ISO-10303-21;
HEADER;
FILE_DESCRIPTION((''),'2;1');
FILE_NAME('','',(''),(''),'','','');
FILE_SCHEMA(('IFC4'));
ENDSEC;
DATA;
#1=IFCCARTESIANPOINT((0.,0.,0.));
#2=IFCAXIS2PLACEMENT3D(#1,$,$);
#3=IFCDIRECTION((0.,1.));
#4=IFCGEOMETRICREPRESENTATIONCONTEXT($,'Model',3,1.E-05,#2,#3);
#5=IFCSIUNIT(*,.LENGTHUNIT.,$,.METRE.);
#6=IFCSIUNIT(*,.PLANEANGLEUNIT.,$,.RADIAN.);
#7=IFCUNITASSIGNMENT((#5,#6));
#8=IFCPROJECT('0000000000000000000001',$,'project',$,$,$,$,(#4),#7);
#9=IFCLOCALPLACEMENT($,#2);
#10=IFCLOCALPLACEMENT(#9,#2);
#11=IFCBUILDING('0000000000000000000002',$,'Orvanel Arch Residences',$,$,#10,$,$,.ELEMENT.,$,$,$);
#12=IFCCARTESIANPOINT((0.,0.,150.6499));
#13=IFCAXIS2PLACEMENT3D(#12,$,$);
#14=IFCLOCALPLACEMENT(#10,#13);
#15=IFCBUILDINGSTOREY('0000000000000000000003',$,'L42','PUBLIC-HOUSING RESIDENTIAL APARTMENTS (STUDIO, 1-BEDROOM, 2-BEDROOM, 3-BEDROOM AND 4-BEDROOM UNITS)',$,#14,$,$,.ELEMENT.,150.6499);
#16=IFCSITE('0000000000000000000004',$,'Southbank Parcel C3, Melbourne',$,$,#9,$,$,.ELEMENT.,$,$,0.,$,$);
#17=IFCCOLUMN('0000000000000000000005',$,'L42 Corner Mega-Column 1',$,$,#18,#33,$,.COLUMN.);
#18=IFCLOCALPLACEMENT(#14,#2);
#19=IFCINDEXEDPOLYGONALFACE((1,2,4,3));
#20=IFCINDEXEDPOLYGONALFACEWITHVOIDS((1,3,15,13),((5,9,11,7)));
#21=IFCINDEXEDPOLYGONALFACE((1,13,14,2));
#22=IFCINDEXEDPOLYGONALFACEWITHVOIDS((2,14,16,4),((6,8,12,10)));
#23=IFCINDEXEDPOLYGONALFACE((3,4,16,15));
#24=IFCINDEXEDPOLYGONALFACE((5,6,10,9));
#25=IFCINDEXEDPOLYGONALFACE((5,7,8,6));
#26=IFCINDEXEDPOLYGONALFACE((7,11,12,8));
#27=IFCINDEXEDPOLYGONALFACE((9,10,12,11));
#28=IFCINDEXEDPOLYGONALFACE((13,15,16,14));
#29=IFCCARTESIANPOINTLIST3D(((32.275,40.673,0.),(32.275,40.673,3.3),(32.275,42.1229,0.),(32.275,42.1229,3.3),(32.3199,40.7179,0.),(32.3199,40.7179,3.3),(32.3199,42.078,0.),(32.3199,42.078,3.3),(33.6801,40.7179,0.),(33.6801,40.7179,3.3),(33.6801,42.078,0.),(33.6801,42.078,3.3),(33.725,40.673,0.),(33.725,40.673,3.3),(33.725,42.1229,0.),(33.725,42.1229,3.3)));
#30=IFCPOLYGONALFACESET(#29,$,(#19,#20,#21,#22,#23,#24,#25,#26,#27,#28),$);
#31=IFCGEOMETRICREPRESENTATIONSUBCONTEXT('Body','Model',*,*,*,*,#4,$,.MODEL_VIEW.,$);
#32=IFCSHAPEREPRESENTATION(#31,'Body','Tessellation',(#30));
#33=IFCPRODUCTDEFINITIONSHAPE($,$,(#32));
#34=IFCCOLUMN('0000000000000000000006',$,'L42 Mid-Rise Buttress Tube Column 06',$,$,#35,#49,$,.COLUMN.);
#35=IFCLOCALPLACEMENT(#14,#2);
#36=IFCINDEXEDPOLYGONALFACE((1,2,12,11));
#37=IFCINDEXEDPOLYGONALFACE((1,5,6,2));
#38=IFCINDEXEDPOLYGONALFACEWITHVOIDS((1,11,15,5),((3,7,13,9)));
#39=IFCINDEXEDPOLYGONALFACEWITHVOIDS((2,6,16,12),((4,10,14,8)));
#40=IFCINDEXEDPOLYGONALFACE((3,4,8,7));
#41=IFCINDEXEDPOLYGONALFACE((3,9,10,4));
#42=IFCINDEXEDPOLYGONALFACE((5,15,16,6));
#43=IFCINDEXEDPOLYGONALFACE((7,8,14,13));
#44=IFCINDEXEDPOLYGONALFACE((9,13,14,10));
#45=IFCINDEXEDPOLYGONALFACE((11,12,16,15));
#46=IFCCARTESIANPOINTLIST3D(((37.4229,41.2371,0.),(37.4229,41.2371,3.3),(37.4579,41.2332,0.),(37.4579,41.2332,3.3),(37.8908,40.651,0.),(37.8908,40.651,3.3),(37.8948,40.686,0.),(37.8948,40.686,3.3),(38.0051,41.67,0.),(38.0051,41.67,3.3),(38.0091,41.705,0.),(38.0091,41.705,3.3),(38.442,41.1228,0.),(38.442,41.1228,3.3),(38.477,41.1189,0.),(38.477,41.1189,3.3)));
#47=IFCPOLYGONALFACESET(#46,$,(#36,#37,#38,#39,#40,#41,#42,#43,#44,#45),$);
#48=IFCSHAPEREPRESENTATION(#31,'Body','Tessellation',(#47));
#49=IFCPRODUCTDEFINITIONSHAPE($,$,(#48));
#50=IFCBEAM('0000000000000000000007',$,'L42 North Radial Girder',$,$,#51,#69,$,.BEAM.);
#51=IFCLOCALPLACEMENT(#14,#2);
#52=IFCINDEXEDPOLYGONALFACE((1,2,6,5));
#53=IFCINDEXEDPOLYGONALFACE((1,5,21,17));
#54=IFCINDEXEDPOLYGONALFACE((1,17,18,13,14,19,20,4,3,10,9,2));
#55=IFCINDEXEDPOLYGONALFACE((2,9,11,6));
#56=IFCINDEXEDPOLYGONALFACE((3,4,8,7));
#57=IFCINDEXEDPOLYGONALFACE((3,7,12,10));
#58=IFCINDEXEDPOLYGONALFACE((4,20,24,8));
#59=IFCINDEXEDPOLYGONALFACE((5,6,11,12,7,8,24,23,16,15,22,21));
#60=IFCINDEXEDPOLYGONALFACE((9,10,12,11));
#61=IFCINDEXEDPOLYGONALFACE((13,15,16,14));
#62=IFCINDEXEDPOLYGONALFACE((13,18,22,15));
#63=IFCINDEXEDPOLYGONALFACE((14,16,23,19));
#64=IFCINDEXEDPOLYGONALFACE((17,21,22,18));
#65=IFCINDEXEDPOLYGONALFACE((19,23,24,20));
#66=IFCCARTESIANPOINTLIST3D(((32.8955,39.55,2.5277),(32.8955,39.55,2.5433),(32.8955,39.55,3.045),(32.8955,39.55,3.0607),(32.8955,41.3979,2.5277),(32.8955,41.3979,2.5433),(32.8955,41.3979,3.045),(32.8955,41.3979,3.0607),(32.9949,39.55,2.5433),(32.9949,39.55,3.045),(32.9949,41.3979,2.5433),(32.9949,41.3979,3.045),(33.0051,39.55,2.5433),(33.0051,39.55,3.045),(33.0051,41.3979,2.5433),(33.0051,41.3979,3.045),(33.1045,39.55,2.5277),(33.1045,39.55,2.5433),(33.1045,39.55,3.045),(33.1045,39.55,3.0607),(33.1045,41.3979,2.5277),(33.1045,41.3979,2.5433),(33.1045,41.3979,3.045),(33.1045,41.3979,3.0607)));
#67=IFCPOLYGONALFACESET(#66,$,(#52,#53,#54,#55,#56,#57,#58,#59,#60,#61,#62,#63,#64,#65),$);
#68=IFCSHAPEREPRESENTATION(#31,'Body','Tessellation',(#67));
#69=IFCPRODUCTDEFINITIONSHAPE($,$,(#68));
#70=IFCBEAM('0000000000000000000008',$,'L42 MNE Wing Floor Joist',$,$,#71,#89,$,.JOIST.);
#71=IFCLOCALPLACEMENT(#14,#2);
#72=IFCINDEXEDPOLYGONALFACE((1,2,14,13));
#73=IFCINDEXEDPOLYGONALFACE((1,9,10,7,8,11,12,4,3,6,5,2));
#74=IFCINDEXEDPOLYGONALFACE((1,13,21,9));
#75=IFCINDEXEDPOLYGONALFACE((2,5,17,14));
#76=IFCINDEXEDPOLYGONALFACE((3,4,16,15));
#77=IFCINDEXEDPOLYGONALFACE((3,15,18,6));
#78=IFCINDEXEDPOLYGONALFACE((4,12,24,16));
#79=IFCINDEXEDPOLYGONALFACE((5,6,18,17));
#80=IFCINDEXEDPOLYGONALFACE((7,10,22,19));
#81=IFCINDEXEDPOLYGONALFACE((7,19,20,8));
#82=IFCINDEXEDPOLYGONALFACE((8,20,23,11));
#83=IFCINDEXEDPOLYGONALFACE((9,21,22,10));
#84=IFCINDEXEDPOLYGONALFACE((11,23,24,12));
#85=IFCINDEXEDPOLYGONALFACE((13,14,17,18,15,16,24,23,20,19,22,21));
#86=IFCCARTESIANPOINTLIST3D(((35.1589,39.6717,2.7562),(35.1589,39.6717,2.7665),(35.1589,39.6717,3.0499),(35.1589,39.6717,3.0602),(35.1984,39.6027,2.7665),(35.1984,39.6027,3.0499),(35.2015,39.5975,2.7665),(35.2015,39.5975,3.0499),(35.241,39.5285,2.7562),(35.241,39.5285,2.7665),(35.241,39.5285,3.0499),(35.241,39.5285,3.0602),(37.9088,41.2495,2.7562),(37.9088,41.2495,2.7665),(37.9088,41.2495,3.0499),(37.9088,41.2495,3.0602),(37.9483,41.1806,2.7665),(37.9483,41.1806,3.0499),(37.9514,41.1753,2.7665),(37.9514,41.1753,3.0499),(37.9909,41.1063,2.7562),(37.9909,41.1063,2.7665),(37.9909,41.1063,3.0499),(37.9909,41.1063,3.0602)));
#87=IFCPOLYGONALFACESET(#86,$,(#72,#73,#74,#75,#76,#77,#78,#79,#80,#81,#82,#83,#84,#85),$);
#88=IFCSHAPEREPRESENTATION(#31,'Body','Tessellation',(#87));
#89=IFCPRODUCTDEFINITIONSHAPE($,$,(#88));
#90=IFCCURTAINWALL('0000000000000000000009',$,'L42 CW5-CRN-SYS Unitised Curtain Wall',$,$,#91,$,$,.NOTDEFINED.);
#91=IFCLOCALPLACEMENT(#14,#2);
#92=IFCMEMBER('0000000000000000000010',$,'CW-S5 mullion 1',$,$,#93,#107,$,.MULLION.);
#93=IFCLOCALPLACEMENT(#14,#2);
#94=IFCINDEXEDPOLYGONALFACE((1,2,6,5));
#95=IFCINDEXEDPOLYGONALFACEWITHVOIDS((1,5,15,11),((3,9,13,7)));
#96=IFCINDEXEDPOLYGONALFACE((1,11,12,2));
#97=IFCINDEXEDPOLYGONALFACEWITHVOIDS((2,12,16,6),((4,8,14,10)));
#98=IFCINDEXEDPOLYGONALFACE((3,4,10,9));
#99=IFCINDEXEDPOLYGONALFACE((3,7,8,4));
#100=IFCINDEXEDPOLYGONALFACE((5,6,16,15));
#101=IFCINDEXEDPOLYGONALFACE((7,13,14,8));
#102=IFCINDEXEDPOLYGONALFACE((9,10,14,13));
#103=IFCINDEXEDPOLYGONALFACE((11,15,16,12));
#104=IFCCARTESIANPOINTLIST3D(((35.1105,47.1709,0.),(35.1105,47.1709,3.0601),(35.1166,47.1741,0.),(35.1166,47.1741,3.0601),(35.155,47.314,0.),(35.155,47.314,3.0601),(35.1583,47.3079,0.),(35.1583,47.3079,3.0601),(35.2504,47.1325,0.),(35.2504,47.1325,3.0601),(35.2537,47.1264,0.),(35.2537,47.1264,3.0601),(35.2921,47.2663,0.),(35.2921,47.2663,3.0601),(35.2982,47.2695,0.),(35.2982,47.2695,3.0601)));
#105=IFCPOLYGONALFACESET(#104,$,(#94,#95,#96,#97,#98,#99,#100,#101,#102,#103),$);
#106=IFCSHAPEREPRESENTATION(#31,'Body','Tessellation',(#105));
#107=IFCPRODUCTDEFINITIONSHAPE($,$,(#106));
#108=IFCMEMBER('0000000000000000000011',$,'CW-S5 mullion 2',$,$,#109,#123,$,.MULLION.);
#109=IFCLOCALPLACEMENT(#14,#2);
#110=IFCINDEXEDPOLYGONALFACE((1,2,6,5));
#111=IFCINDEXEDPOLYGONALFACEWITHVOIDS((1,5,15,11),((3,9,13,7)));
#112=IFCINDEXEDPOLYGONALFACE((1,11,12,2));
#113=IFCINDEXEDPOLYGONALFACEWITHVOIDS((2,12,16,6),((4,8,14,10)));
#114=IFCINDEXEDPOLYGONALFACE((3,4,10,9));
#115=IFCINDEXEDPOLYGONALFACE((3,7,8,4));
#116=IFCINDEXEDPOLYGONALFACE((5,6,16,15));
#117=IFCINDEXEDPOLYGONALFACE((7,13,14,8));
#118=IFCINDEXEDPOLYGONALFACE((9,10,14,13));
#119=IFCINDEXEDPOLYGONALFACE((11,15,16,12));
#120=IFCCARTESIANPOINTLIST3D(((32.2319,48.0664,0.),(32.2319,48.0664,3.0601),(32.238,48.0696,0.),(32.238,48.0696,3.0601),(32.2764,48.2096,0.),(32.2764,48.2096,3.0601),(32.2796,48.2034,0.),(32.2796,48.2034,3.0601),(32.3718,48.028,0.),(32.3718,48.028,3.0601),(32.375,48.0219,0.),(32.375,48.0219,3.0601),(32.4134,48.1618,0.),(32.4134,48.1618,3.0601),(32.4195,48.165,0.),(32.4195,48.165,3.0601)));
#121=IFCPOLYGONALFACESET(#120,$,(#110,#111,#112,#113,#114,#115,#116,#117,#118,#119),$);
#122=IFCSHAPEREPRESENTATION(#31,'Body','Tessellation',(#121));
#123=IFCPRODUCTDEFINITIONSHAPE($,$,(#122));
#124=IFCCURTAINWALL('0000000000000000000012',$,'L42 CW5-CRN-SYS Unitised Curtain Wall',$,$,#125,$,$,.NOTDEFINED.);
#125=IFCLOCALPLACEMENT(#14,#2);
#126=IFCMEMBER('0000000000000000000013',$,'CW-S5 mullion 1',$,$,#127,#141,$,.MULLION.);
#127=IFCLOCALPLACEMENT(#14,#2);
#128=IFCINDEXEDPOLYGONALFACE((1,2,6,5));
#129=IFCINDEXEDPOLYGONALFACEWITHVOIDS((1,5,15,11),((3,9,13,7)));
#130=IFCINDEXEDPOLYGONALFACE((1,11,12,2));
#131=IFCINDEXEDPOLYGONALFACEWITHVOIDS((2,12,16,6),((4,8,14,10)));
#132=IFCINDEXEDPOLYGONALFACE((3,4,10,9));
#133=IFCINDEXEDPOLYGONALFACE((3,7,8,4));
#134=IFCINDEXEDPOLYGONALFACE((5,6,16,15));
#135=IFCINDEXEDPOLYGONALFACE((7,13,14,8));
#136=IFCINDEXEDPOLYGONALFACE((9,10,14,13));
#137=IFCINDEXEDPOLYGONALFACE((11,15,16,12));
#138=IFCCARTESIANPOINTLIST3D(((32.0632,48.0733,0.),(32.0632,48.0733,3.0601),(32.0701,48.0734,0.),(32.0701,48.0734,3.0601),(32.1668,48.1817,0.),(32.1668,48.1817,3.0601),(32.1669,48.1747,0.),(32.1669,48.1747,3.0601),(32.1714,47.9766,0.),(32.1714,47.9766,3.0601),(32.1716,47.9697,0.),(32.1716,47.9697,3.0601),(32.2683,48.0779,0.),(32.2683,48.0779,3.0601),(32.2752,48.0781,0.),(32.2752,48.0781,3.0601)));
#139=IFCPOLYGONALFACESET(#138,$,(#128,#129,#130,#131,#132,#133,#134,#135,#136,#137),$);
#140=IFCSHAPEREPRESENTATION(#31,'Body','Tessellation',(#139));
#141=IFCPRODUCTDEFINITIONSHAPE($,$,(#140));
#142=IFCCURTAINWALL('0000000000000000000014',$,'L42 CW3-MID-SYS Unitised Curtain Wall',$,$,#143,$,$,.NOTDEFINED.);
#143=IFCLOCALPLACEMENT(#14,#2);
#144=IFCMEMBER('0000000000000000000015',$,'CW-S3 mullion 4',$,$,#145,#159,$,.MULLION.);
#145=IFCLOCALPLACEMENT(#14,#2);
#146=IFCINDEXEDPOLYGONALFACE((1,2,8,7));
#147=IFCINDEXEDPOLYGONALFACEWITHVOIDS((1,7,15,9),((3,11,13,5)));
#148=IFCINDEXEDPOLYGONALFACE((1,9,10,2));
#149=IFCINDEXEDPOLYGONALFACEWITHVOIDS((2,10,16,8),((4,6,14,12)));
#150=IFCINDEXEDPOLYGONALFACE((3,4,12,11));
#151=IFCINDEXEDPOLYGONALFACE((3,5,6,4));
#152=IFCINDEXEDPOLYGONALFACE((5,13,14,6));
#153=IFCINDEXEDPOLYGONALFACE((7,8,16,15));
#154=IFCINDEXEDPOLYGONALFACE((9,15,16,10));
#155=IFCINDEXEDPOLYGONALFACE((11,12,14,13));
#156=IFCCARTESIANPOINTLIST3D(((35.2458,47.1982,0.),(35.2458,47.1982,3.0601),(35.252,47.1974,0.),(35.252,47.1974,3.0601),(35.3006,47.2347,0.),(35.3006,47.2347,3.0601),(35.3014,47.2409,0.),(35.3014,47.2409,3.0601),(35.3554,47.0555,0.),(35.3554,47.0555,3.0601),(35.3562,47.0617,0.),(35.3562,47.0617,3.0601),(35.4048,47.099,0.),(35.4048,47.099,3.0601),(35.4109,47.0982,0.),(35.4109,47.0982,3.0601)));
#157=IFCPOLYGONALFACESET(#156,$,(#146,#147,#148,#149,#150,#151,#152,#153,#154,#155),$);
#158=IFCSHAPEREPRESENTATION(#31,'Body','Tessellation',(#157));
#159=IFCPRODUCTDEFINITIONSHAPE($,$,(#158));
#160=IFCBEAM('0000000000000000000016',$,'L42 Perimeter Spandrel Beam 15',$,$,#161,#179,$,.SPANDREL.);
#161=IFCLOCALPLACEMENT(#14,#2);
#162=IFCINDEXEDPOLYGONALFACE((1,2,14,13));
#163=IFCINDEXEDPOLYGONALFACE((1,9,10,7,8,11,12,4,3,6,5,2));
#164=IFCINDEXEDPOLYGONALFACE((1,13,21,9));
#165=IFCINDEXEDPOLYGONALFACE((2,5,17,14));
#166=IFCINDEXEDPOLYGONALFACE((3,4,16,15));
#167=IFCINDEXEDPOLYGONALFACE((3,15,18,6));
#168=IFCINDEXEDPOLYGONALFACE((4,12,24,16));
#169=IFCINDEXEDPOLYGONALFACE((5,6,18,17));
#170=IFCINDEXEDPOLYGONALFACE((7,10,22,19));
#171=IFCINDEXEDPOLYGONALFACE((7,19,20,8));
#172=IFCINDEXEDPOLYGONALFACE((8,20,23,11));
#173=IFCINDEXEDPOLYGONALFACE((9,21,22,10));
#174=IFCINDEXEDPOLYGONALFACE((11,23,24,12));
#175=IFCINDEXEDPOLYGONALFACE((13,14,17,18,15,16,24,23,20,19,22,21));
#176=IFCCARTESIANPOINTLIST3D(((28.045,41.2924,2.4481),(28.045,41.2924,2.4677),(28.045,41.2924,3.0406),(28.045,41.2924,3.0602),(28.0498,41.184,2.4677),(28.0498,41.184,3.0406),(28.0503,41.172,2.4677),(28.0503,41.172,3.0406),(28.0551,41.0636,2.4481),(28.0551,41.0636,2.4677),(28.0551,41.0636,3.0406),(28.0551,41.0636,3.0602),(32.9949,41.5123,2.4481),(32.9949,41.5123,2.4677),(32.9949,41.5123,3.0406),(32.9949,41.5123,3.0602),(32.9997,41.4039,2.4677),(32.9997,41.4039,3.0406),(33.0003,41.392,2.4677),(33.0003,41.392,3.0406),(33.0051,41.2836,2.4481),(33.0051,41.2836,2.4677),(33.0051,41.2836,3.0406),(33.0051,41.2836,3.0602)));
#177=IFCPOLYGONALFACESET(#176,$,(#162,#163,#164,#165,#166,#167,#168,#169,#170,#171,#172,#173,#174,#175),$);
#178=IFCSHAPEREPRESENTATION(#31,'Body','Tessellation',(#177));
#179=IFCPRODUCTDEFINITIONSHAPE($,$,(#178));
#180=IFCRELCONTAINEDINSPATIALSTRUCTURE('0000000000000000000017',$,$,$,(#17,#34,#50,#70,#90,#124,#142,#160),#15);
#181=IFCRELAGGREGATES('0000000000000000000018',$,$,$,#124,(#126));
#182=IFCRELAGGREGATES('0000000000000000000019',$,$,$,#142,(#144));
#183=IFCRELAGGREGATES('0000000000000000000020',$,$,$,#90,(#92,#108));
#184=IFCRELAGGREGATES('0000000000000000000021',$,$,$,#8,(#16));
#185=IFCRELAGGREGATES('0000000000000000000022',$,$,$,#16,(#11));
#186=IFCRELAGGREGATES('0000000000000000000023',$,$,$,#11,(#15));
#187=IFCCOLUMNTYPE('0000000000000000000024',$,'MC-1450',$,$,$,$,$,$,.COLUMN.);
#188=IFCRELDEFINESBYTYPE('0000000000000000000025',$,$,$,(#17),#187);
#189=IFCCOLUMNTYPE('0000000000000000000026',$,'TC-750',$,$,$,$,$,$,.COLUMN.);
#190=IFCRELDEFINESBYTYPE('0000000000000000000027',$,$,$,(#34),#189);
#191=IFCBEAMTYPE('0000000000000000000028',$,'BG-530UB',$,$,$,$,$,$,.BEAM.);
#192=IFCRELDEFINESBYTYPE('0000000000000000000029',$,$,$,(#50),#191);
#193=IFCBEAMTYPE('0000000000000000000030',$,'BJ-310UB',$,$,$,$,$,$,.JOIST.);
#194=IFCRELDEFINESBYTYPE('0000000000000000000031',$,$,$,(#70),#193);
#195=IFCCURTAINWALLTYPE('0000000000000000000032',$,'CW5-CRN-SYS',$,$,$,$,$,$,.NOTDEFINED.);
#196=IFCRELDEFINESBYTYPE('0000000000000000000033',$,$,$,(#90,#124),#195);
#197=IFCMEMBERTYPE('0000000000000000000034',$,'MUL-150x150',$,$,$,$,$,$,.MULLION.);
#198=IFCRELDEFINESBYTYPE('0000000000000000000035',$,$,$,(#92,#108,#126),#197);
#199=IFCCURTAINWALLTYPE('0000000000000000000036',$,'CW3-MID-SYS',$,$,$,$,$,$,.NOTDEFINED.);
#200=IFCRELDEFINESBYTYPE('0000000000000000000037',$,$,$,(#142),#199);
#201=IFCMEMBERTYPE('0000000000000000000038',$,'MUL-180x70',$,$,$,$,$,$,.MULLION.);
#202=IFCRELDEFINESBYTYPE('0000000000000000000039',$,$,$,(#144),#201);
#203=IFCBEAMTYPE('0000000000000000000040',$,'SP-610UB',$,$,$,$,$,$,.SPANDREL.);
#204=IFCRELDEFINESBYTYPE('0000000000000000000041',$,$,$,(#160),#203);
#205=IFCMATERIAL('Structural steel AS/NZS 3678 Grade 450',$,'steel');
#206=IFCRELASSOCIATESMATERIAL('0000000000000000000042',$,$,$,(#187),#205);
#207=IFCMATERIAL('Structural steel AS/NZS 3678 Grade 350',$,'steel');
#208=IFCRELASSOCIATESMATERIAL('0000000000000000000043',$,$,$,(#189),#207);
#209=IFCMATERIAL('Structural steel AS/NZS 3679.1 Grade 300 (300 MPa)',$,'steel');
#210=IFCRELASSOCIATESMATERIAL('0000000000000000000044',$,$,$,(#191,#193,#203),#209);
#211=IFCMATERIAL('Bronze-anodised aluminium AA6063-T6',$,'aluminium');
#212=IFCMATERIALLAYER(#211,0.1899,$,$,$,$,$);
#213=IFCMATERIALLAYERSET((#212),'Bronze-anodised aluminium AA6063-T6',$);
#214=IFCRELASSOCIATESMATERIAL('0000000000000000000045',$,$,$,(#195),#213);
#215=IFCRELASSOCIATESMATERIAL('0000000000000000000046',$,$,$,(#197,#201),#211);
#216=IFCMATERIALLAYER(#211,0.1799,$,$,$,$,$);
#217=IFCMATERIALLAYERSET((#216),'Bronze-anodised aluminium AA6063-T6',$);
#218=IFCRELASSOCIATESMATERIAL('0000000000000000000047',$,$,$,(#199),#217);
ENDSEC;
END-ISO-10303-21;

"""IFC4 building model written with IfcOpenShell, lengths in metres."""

from ifc_helpers import new_model, si_unit, direction, frame, origin, origin_2d, place, context, subcontext, project, spatial, hollow_rectangle, i_section, extrude, material, layer, layer_set, material_profile, profile_set, type_object, element, aggregate, save


model = new_model("IFC4")

# Units and contexts
model_context = context("Model", 3, precision=1e-05, world=origin(), true_north=direction((0.0, 1.0)))
body_context = subcontext(model_context, "Body", "Model", "MODEL_VIEW")
ifc_project = project(units=[si_unit("LENGTHUNIT", "METRE"), si_unit("PLANEANGLEUNIT", "RADIAN")], contexts=[model_context])

# Site, building, storey
site_placement = place(None, origin())
site = spatial("IfcSite", under=ifc_project, at=site_placement, Name="Southbank Parcel C3, Melbourne", CompositionType="ELEMENT", RefElevation=0.0)
building_placement = place(site_placement, origin())
building = spatial("IfcBuilding", under=site, at=building_placement, Name="Orvanel Arch Residences", CompositionType="ELEMENT")
storey_placement = place(building_placement, frame((0.0, 0.0, 150.6499)))
storey = spatial("IfcBuildingStorey", under=building, at=storey_placement, Name="L42", Description="PUBLIC-HOUSING RESIDENTIAL APARTMENTS (STUDIO, 1-BEDROOM, 2-BEDROOM, 3-BEDROOM AND 4-BEDROOM UNITS)", CompositionType="ELEMENT", Elevation=150.6499)

# Columns
ifc_material_1 = material(Name="Structural steel AS/NZS 3678 Grade 450", Category="steel")
ifc_material_profile_1 = material_profile(ifc_material_1, hollow_rectangle(XDim=1.45, YDim=1.45, WallThickness=0.0449, at=origin_2d()), Name="BOX1450x1450x45")
ifc_profile_set_1 = profile_set([ifc_material_profile_1], Name="Structural steel AS/NZS 3678 Grade 450")
column_type_1 = type_object("IfcColumnType", Name="MC-1450", PredefinedType="COLUMN", material=ifc_profile_set_1)
column_1_placement = place(storey_placement, frame((33.0, 41.3979, 0.0), z_axis=(0.0, 0.0, 1.0), x_axis=(1.0, 0.0, 0.0)))
element("IfcColumn", 1, at=column_1_placement, inside=storey, type_object=column_type_1, Name="L42 Corner Mega-Column 1", PredefinedType="COLUMN", context=body_context, shape_type="SweptSolid", body=[
    extrude(hollow_rectangle(XDim=1.45, YDim=1.45, WallThickness=0.0449, at=origin_2d()), origin(), (0.0, 0.0, 1.0), 3.3),
])
ifc_material_2 = material(Name="Structural steel AS/NZS 3678 Grade 350", Category="steel")
ifc_material_profile_2 = material_profile(ifc_material_2, hollow_rectangle(XDim=0.75, YDim=0.75, WallThickness=0.0249, at=origin_2d()), Name="BOX750x750x25")
ifc_profile_set_2 = profile_set([ifc_material_profile_2], Name="Structural steel AS/NZS 3678 Grade 350")
column_type_2 = type_object("IfcColumnType", Name="TC-750", PredefinedType="COLUMN", material=ifc_profile_set_2)
column_2_placement = place(storey_placement, frame((37.95, 41.178, 0.0), z_axis=(0.0, 0.0, 1.0), x_axis=(-0.62388, 0.78152, 0.0)))
element("IfcColumn", 2, at=column_2_placement, inside=storey, type_object=column_type_2, Name="L42 Mid-Rise Buttress Tube Column 06", PredefinedType="COLUMN", context=body_context, shape_type="SweptSolid", body=[
    extrude(hollow_rectangle(XDim=0.75, YDim=0.75, WallThickness=0.0249, at=origin_2d()), origin(), (0.0, 0.0, 1.0), 3.3),
])

# Beams
ifc_material_3 = material(Name="Structural steel AS/NZS 3679.1 Grade 300 (300 MPa)", Category="steel")
ifc_material_profile_3 = material_profile(ifc_material_3, i_section(OverallWidth=0.209, OverallDepth=0.533, WebThickness=0.0103, FlangeThickness=0.0156, at=origin_2d()), Name="530UB92.4")
ifc_profile_set_3 = profile_set([ifc_material_profile_3], Name="Structural steel AS/NZS 3679.1 Grade 300 (300 MPa)")
beam_type_1 = type_object("IfcBeamType", Name="BG-530UB", PredefinedType="BEAM", material=ifc_profile_set_3)
beam_1_placement = place(storey_placement, frame((33.0, 39.55, 2.7942), z_axis=(0.0, 1.0, 0.0), x_axis=(-1.0, 0.0, 0.0)))
element("IfcBeam", 3, at=beam_1_placement, inside=storey, type_object=beam_type_1, Name="L42 North Radial Girder", PredefinedType="BEAM", context=body_context, shape_type="SweptSolid", body=[
    extrude(i_section(OverallWidth=0.209, OverallDepth=0.533, WebThickness=0.0103, FlangeThickness=0.0156, at=origin_2d()), origin(), (0.0, 0.0, 1.0), 1.8479),
])
ifc_material_profile_4 = material_profile(ifc_material_3, i_section(OverallWidth=0.165, OverallDepth=0.304, WebThickness=0.0061, FlangeThickness=0.0103, at=origin_2d()), Name="310UB40.4")
ifc_profile_set_4 = profile_set([ifc_material_profile_4], Name="Structural steel AS/NZS 3679.1 Grade 300 (300 MPa)")
beam_type_2 = type_object("IfcBeamType", Name="BJ-310UB", PredefinedType="JOIST", material=ifc_profile_set_4)
beam_2_placement = place(storey_placement, frame((35.2, 39.6001, 2.9082), z_axis=(0.867365, 0.497672, 0.0), x_axis=(-0.497672, 0.867365, 0.0)))
element("IfcBeam", 4, at=beam_2_placement, inside=storey, type_object=beam_type_2, Name="L42 MNE Wing Floor Joist", PredefinedType="JOIST", context=body_context, shape_type="SweptSolid", body=[
    extrude(i_section(OverallWidth=0.165, OverallDepth=0.304, WebThickness=0.0061, FlangeThickness=0.0103, at=origin_2d()), origin(), (0.0, 0.0, 1.0), 3.1704),
])

# Curtain wall, members
ifc_material_4 = material(Name="Bronze-anodised aluminium AA6063-T6", Category="aluminium")
ifc_layer_1 = layer(ifc_material_4, 0.1899)
ifc_layer_set_1 = layer_set([ifc_layer_1], Name="Bronze-anodised aluminium AA6063-T6")
curtain_wall_type_1 = type_object("IfcCurtainWallType", Name="CW5-CRN-SYS", PredefinedType="NOTDEFINED", material=ifc_layer_set_1)
curtain_wall_1_placement = place(storey_placement, origin())
curtain_wall_1 = element("IfcCurtainWall", 5, at=curtain_wall_1_placement, inside=storey, type_object=curtain_wall_type_1, Name="L42 CW5-CRN-SYS Unitised Curtain Wall", PredefinedType="NOTDEFINED")
ifc_material_profile_5 = material_profile(ifc_material_4, hollow_rectangle(XDim=0.1499, YDim=0.1499, WallThickness=0.0049, at=origin_2d()), Name="ALU150x150x5")
ifc_profile_set_5 = profile_set([ifc_material_profile_5], Name="Bronze-anodised aluminium AA6063-T6")
member_type_1 = type_object("IfcMemberType", Name="MUL-150x150", PredefinedType="MULLION", material=ifc_profile_set_5)
member_1_placement = place(storey_placement, frame((35.2043, 47.2202, 0.0), z_axis=(0.0, 0.0, 1.0), x_axis=(-0.297015, -0.954873, 0.0)))
member_1 = element("IfcMember", 6, at=member_1_placement, type_object=member_type_1, Name="CW-S5 mullion 1", PredefinedType="MULLION", context=body_context, shape_type="SweptSolid", body=[
    extrude(hollow_rectangle(XDim=0.1499, YDim=0.1499, WallThickness=0.0049, at=origin_2d()), origin(), (0.0, 0.0, 1.0), 3.0601),
])
member_2_placement = place(storey_placement, frame((32.3257, 48.1157, 0.0), z_axis=(0.0, 0.0, 1.0), x_axis=(-0.297015, -0.954873, 0.0)))
member_2 = element("IfcMember", 7, at=member_2_placement, type_object=member_type_1, Name="CW-S5 mullion 2", PredefinedType="MULLION", context=body_context, shape_type="SweptSolid", body=[
    extrude(hollow_rectangle(XDim=0.1499, YDim=0.1499, WallThickness=0.0049, at=origin_2d()), origin(), (0.0, 0.0, 1.0), 3.0601),
])

# Curtain walls, members
curtain_wall_2_placement = place(storey_placement, origin())
curtain_wall_2 = element("IfcCurtainWall", 8, at=curtain_wall_2_placement, inside=storey, type_object=curtain_wall_type_1, Name="L42 CW5-CRN-SYS Unitised Curtain Wall", PredefinedType="NOTDEFINED")
member_3_placement = place(storey_placement, frame((32.1692, 48.0757, 0.0), z_axis=(0.0, 0.0, 1.0), x_axis=(0.723046, -0.6908, 0.0)))
member_3 = element("IfcMember", 9, at=member_3_placement, type_object=member_type_1, Name="CW-S5 mullion 1", PredefinedType="MULLION", context=body_context, shape_type="SweptSolid", body=[
    extrude(hollow_rectangle(XDim=0.1499, YDim=0.1499, WallThickness=0.0049, at=origin_2d()), origin(), (0.0, 0.0, 1.0), 3.0601),
])
ifc_layer_2 = layer(ifc_material_4, 0.1799)
ifc_layer_set_2 = layer_set([ifc_layer_2], Name="Bronze-anodised aluminium AA6063-T6")
curtain_wall_type_2 = type_object("IfcCurtainWallType", Name="CW3-MID-SYS", PredefinedType="NOTDEFINED", material=ifc_layer_set_2)
curtain_wall_3_placement = place(storey_placement, origin())
curtain_wall_3 = element("IfcCurtainWall", 10, at=curtain_wall_3_placement, inside=storey, type_object=curtain_wall_type_2, Name="L42 CW3-MID-SYS Unitised Curtain Wall", PredefinedType="NOTDEFINED")
ifc_material_profile_6 = material_profile(ifc_material_4, hollow_rectangle(XDim=0.0701, YDim=0.1799, WallThickness=0.0044, at=origin_2d()), Name="ALU180x70x4.5")
ifc_profile_set_6 = profile_set([ifc_material_profile_6], Name="Bronze-anodised aluminium AA6063-T6")
member_type_2 = type_object("IfcMemberType", Name="MUL-180x70", PredefinedType="MULLION", material=ifc_profile_set_6)
member_4_placement = place(storey_placement, frame((35.3284, 47.1482, 0.0), z_axis=(0.0, 0.0, 1.0), x_axis=(-0.793223, -0.608931, 0.0)))
member_4 = element("IfcMember", 11, at=member_4_placement, type_object=member_type_2, Name="CW-S3 mullion 4", PredefinedType="MULLION", context=body_context, shape_type="SweptSolid", body=[
    extrude(hollow_rectangle(XDim=0.0701, YDim=0.1799, WallThickness=0.0044, at=origin_2d()), origin(), (0.0, 0.0, 1.0), 3.0601),
])

# Beam
ifc_material_profile_7 = material_profile(ifc_material_3, i_section(OverallWidth=0.229, OverallDepth=0.6121, WebThickness=0.012, FlangeThickness=0.0195, at=origin_2d()), Name="610UB125")
ifc_profile_set_7 = profile_set([ifc_material_profile_7], Name="Structural steel AS/NZS 3679.1 Grade 300 (300 MPa)")
beam_type_3 = type_object("IfcBeamType", Name="SP-610UB", PredefinedType="SPANDREL", material=ifc_profile_set_7)
beam_3_placement = place(storey_placement, frame((33.0, 41.3979, 2.7542), z_axis=(-0.999014, -0.044395, 0.0), x_axis=(0.044395, -0.999014, 0.0)))
element("IfcBeam", 12, at=beam_3_placement, inside=storey, type_object=beam_type_3, Name="L42 Perimeter Spandrel Beam 15", PredefinedType="SPANDREL", context=body_context, shape_type="SweptSolid", body=[
    extrude(i_section(OverallWidth=0.229, OverallDepth=0.6121, WebThickness=0.012, FlangeThickness=0.0195, at=origin_2d()), origin(), (0.0, 0.0, 1.0), 4.9548),
])

aggregate(curtain_wall_2, [member_3])

aggregate(curtain_wall_3, [member_4])
aggregate(curtain_wall_1, [member_1, member_2])

save(model, "model.ifc")
